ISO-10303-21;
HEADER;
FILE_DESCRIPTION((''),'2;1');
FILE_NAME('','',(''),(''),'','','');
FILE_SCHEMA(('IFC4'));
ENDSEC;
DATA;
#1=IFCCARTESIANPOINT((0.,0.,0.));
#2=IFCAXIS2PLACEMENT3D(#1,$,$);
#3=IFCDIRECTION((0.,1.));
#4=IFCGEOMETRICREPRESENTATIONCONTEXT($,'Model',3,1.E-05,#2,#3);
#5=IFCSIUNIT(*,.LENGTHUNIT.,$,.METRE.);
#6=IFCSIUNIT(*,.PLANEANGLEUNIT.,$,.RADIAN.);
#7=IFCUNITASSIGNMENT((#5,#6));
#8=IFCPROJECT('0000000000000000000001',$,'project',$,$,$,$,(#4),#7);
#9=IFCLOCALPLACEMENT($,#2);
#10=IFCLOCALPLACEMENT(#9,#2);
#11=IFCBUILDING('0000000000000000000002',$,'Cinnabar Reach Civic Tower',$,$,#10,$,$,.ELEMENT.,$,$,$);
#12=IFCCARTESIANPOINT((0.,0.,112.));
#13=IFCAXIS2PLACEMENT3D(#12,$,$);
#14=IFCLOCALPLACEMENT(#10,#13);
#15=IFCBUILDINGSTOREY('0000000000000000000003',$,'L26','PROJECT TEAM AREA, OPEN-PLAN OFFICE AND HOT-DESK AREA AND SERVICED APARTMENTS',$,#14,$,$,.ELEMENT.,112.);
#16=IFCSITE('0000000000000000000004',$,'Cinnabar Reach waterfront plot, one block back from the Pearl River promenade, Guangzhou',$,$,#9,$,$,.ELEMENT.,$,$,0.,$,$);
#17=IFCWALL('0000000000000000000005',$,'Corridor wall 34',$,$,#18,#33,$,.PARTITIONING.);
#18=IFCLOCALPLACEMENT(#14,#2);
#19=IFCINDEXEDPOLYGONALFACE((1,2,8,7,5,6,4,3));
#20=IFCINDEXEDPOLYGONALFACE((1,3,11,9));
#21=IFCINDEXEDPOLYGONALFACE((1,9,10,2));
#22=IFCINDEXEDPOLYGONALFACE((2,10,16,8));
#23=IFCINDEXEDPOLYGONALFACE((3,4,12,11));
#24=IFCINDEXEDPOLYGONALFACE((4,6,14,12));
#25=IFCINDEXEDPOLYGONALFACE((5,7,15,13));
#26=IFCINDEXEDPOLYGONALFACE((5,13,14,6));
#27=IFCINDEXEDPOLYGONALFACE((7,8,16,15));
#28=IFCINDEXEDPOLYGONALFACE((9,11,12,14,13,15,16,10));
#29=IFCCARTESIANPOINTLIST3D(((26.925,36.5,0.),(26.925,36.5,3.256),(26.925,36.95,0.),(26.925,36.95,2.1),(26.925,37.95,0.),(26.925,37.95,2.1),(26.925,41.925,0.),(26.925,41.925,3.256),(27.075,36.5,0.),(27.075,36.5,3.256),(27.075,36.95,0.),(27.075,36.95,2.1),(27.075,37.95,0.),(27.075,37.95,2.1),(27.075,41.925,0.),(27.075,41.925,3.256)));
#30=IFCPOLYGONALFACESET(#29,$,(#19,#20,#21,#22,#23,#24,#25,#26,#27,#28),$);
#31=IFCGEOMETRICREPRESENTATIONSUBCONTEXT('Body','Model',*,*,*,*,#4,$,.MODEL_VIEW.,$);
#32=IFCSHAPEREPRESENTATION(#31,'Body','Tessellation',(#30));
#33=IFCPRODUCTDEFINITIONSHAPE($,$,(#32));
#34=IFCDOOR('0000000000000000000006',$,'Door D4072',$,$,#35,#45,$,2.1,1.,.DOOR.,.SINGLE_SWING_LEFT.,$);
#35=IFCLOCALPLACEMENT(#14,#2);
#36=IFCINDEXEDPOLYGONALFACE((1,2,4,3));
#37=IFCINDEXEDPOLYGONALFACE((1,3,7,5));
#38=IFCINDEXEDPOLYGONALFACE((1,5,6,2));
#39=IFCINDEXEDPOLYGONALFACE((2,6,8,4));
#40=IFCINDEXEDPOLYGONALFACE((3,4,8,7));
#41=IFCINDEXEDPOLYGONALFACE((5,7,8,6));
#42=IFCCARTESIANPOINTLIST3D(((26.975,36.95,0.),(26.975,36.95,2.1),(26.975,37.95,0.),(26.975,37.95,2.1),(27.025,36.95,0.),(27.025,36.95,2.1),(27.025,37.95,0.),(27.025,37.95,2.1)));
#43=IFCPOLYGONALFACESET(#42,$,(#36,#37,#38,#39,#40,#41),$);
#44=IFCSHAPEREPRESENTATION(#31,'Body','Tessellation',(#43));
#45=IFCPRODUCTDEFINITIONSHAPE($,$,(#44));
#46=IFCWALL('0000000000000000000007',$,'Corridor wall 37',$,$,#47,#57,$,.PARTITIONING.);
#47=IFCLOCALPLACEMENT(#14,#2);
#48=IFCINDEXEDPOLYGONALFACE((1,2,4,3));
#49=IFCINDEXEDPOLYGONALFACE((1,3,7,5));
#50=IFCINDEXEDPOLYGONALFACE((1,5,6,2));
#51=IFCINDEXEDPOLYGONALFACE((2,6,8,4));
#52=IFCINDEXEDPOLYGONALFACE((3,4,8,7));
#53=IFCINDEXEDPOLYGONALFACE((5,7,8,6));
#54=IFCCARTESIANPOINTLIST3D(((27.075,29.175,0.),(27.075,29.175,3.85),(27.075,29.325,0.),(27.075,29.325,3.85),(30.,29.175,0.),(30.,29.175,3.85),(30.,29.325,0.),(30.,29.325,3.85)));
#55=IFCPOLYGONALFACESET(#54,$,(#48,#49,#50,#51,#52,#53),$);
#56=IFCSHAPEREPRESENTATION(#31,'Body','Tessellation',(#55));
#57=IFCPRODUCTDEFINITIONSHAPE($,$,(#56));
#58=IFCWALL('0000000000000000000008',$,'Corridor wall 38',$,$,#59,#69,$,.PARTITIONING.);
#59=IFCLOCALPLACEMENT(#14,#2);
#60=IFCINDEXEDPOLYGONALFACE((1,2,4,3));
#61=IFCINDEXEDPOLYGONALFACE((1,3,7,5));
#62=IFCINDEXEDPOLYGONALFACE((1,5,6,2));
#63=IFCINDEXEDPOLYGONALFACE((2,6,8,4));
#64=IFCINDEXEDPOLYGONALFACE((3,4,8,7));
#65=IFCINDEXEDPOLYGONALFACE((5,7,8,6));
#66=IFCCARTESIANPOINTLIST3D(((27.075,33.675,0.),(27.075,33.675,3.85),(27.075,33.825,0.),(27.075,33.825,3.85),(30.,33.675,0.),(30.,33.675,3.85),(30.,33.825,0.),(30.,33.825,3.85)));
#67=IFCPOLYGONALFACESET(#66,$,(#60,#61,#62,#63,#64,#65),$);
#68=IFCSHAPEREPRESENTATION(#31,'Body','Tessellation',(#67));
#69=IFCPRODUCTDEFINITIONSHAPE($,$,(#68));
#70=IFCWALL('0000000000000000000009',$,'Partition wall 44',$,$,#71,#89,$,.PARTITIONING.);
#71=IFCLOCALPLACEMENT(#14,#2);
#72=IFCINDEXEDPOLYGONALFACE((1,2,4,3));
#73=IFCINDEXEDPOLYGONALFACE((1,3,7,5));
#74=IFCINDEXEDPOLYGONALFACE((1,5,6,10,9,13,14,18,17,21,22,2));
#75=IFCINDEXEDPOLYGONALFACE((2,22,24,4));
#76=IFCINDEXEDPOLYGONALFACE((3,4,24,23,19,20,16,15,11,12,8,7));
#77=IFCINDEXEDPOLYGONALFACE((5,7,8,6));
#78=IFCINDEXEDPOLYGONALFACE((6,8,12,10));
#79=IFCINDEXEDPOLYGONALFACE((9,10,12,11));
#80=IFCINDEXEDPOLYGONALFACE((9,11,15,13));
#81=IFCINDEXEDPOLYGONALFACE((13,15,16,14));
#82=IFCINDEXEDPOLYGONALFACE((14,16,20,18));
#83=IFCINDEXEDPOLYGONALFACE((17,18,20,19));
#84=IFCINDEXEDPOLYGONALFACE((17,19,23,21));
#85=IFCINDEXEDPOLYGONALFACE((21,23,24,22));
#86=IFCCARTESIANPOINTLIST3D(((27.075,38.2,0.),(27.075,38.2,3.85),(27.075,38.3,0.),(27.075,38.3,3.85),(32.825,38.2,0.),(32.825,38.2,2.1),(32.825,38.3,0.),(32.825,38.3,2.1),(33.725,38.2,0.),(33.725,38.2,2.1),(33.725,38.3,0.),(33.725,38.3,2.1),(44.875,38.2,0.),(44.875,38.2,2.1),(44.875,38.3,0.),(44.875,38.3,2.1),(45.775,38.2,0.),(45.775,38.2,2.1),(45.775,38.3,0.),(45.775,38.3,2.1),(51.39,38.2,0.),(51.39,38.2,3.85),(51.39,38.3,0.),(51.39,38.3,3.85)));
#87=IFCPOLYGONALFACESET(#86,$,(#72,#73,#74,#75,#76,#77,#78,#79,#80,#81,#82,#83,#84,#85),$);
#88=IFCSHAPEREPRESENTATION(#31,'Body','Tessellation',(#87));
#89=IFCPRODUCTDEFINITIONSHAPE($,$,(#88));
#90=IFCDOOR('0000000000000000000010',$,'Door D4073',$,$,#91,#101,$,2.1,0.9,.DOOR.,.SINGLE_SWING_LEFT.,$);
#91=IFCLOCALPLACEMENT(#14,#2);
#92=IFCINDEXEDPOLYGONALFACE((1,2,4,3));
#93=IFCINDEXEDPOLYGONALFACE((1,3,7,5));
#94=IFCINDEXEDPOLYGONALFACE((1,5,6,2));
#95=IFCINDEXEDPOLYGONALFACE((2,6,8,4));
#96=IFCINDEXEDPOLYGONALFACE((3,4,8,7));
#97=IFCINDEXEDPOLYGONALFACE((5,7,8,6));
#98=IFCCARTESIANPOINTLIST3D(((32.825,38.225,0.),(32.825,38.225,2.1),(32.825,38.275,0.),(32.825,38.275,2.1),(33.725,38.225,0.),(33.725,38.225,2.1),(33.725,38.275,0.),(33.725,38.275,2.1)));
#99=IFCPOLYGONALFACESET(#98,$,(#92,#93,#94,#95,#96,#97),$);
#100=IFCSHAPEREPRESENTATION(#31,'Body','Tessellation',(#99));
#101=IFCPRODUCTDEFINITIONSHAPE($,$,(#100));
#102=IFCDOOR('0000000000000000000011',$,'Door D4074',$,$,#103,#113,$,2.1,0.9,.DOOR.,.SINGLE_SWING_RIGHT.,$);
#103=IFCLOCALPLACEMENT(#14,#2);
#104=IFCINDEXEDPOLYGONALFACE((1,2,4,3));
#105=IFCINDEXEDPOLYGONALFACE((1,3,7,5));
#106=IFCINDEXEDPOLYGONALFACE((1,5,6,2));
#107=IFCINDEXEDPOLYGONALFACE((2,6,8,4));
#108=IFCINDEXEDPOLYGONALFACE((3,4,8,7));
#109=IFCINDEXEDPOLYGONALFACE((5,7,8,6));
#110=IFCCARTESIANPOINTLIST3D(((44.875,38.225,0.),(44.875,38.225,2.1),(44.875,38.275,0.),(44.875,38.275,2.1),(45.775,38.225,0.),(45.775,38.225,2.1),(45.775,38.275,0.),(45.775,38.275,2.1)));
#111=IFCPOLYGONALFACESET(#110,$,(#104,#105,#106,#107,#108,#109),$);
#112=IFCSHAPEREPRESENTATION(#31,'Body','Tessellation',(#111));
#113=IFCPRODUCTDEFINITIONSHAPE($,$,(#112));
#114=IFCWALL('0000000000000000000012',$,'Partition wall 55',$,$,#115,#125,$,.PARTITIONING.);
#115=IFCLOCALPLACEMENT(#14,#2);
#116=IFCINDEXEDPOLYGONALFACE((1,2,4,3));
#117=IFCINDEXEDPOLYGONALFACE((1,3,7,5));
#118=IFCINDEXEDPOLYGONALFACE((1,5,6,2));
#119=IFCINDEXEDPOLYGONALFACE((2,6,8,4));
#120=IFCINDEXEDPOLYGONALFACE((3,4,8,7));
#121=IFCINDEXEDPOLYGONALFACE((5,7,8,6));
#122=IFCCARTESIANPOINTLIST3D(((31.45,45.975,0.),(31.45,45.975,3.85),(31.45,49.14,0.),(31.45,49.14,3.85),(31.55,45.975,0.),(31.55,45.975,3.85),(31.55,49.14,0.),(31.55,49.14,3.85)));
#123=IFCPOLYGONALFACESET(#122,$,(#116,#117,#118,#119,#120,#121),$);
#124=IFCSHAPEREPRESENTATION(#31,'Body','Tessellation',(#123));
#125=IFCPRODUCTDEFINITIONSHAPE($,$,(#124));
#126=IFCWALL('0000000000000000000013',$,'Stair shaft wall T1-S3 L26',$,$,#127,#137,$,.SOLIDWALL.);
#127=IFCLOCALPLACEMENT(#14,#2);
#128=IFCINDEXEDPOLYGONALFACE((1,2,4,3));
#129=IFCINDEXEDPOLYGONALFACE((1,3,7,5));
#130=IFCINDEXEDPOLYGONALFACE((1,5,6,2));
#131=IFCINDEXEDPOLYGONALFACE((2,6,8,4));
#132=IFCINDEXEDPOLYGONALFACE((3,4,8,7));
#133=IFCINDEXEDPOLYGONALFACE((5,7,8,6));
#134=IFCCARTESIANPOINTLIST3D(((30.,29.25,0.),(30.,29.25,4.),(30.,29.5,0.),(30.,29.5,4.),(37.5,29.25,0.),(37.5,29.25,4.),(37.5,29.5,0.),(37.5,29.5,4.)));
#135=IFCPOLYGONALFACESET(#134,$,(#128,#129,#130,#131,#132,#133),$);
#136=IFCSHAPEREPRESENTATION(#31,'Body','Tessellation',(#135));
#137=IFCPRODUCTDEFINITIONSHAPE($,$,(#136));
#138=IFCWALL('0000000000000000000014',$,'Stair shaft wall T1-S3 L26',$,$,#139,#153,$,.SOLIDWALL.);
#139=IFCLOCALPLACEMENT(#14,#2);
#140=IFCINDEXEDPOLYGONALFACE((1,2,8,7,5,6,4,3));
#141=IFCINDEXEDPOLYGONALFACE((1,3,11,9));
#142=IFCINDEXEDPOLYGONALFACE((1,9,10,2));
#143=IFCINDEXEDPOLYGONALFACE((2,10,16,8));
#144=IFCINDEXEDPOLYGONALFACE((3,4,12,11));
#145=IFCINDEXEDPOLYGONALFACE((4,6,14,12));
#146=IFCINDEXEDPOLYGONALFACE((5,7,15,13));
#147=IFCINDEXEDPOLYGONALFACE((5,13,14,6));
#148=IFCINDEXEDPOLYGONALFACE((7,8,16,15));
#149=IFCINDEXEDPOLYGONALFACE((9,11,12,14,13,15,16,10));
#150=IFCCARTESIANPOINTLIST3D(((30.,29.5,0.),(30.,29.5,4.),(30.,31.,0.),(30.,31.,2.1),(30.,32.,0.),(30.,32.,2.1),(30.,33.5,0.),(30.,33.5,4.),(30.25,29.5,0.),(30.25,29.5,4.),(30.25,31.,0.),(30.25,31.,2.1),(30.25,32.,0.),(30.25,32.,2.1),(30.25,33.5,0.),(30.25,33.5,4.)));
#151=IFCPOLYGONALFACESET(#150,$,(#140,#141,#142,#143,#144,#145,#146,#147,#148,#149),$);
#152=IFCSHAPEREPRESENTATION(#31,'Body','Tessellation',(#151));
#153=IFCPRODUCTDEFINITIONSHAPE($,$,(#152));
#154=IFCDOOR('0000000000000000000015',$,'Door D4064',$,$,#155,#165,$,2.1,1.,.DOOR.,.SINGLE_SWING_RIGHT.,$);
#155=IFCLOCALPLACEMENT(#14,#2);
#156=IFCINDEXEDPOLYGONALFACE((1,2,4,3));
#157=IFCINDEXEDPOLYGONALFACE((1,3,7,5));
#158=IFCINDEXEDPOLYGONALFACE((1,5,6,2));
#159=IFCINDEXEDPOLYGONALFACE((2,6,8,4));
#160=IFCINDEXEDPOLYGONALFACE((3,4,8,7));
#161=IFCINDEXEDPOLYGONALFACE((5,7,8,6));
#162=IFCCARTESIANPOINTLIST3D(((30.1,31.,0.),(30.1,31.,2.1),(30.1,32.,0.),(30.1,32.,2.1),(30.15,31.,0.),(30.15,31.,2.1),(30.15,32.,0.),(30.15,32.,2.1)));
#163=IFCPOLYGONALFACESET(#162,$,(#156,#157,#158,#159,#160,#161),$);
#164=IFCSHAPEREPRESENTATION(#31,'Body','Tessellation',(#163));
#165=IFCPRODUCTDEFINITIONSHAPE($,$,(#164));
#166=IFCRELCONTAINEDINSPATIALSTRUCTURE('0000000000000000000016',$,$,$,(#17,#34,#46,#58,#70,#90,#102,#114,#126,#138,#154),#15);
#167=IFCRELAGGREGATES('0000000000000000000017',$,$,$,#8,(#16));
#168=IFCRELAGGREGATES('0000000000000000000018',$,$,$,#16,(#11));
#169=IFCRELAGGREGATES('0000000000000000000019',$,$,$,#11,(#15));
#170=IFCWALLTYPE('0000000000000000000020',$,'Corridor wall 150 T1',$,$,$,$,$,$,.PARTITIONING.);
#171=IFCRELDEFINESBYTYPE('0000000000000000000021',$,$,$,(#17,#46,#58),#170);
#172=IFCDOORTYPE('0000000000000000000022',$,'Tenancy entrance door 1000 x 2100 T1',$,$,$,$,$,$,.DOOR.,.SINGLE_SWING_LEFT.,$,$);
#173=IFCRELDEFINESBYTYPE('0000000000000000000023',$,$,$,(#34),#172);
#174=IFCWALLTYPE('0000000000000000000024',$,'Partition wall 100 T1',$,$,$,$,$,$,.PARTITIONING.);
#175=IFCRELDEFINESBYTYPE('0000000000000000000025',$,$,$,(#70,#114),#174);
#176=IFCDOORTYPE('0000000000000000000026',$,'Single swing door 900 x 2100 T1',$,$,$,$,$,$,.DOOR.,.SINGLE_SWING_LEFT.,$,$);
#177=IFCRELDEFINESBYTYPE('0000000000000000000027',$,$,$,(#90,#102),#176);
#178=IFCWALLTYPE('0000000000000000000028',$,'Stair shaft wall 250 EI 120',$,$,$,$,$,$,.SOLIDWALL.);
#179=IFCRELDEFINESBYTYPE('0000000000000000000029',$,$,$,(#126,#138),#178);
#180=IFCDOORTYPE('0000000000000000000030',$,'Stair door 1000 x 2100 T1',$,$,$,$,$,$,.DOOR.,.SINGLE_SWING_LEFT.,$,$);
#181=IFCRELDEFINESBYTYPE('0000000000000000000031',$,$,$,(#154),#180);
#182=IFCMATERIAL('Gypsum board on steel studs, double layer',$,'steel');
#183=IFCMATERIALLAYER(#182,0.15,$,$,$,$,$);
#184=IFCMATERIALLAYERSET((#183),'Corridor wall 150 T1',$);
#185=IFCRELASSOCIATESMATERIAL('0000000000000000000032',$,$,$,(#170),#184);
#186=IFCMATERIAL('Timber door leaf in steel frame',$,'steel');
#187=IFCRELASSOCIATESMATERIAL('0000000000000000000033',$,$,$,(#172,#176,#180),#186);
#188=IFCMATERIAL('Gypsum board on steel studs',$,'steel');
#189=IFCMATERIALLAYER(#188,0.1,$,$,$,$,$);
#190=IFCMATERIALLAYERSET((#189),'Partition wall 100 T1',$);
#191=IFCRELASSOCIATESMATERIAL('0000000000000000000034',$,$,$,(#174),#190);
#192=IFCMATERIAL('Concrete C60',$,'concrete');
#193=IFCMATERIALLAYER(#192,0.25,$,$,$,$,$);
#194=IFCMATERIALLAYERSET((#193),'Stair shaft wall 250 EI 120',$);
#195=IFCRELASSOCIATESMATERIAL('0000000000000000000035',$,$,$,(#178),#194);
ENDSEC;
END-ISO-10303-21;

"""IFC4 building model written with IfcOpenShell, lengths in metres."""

from ifc_helpers import new_model, si_unit, direction, frame, frame_2d, origin, place, context, subcontext, project, spatial, rectangle, extrude, material, layer, layer_set, type_object, element, fill, save


model = new_model("IFC4")

# Units and contexts
model_context = context("Model", 3, precision=1e-05, world=origin(), true_north=direction((0.0, 1.0)))
body_context = subcontext(model_context, "Body", "Model", "MODEL_VIEW")
ifc_project = project(units=[si_unit("LENGTHUNIT", "METRE"), si_unit("PLANEANGLEUNIT", "RADIAN")], contexts=[model_context])

# Site, building, storey
site_placement = place(None, origin())
site = spatial("IfcSite", under=ifc_project, at=site_placement, Name="Cinnabar Reach waterfront plot, one block back from the Pearl River promenade, Guangzhou", CompositionType="ELEMENT", RefElevation=0.0)
building_placement = place(site_placement, origin())
building = spatial("IfcBuilding", under=site, at=building_placement, Name="Cinnabar Reach Civic Tower", CompositionType="ELEMENT")
storey_placement = place(building_placement, frame((0.0, 0.0, 112.0)))
storey = spatial("IfcBuildingStorey", under=building, at=storey_placement, Name="L26", Description="PROJECT TEAM AREA, OPEN-PLAN OFFICE AND HOT-DESK AREA AND SERVICED APARTMENTS", CompositionType="ELEMENT", Elevation=112.0)

# Shared definitions
ifc_material_1 = material(Name="Gypsum board on steel studs, double layer", Category="steel")
ifc_layer_1 = layer(ifc_material_1, 0.15)
ifc_layer_set_1 = layer_set([ifc_layer_1], Name="Corridor wall 150 T1")
wall_type_1 = type_object("IfcWallType", Name="Corridor wall 150 T1", PredefinedType="PARTITIONING", material=ifc_layer_set_1)

# Wall, opening, door
wall_1_placement = place(storey_placement, frame((27.0, 36.5, 0.0), z_axis=(0.0, 0.0, 1.0), x_axis=(0.0, 1.0, 0.0)))
wall_1 = element("IfcWall", 1, at=wall_1_placement, inside=storey, type_object=wall_type_1, Name="Corridor wall 34", PredefinedType="PARTITIONING", context=body_context, shape_type="SweptSolid", body=[
    extrude(rectangle(XDim=5.425, YDim=0.15, at=frame_2d((2.7125, 0.0))), origin(), (0.0, 0.0, 1.0), 3.256),
])
opening_1_placement = place(wall_1_placement, frame((0.45, 0.0, 0.0)))
opening_1 = element("IfcOpeningElement", 2, at=opening_1_placement, cuts=wall_1, PredefinedType="OPENING", context=body_context, shape_type="SweptSolid", body=[
    extrude(rectangle(XDim=1.0, YDim=2.1, at=frame_2d((0.5, 1.05))), frame((0.0, 0.085, 0.0), z_axis=(0.0, -1.0, 0.0), x_axis=(1.0, 0.0, 0.0)), (0.0, 0.0, 1.0), 0.17),
])
ifc_material_2 = material(Name="Timber door leaf in steel frame", Category="steel")
door_type_1 = type_object("IfcDoorType", Name="Tenancy entrance door 1000 x 2100 T1", OperationType="SINGLE_SWING_LEFT", PredefinedType="DOOR", material=ifc_material_2)
door_1_placement = place(opening_1_placement, frame((1.0, 0.0, 0.0), z_axis=(0.0, 0.0, 1.0), x_axis=(-1.0, 0.0, 0.0)))
door_1 = element("IfcDoor", 3, at=door_1_placement, inside=storey, type_object=door_type_1, Name="Door D4072", OperationType="SINGLE_SWING_LEFT", OverallHeight=2.1, OverallWidth=1.0, PredefinedType="DOOR", context=body_context, shape_type="SweptSolid", body=[
    extrude(rectangle(XDim=1.0, YDim=2.1, at=frame_2d((0.5, 1.05))), frame((0.0, 0.025, 0.0), z_axis=(0.0, -1.0, 0.0), x_axis=(1.0, 0.0, 0.0)), (0.0, 0.0, 1.0), 0.05),
])
fill(opening_1, door_1)

# Walls
for number, where, z_axis, x_axis, name in (
    (4, (27.075, 29.25, 0.0), (0.0, 0.0, 1.0), (1.0, 0.0, 0.0), "Corridor wall 37"),
    (5, (27.075, 33.75, 0.0), (0.0, 0.0, 1.0), (1.0, 0.0, 0.0), "Corridor wall 38"),
):
    element("IfcWall", number, at=place(storey_placement, frame(where, z_axis=z_axis, x_axis=x_axis)), inside=storey, type_object=wall_type_1, Name=name, PredefinedType="PARTITIONING", context=body_context, shape_type="SweptSolid", body=[
        extrude(rectangle(XDim=2.925, YDim=0.15, at=frame_2d((1.4625, 0.0))), origin(), (0.0, 0.0, 1.0), 3.85),
    ])

# Wall, openings, doors
ifc_material_3 = material(Name="Gypsum board on steel studs", Category="steel")
ifc_layer_2 = layer(ifc_material_3, 0.1)
ifc_layer_set_2 = layer_set([ifc_layer_2], Name="Partition wall 100 T1")
wall_type_2 = type_object("IfcWallType", Name="Partition wall 100 T1", PredefinedType="PARTITIONING", material=ifc_layer_set_2)
wall_2_placement = place(storey_placement, frame((27.075, 38.25, 0.0), z_axis=(0.0, 0.0, 1.0), x_axis=(1.0, 0.0, 0.0)))
wall_2 = element("IfcWall", 6, at=wall_2_placement, inside=storey, type_object=wall_type_2, Name="Partition wall 44", PredefinedType="PARTITIONING", context=body_context, shape_type="SweptSolid", body=[
    extrude(rectangle(XDim=24.315, YDim=0.1, at=frame_2d((12.1575, 0.0))), origin(), (0.0, 0.0, 1.0), 3.85),
])
opening_2_placement = place(wall_2_placement, frame((5.75, 0.0, 0.0)))
opening_2 = element("IfcOpeningElement", 7, at=opening_2_placement, cuts=wall_2, PredefinedType="OPENING", context=body_context, shape_type="SweptSolid", body=[
    extrude(rectangle(XDim=0.9, YDim=2.1, at=frame_2d((0.45, 1.05))), frame((0.0, 0.06, 0.0), z_axis=(0.0, -1.0, 0.0), x_axis=(1.0, 0.0, 0.0)), (0.0, 0.0, 1.0), 0.12),
])
opening_3_placement = place(wall_2_placement, frame((17.8, 0.0, 0.0)))
opening_3 = element("IfcOpeningElement", 8, at=opening_3_placement, cuts=wall_2, PredefinedType="OPENING", context=body_context, shape_type="SweptSolid", body=[
    extrude(rectangle(XDim=0.9, YDim=2.1, at=frame_2d((0.45, 1.05))), frame((0.0, 0.06, 0.0), z_axis=(0.0, -1.0, 0.0), x_axis=(1.0, 0.0, 0.0)), (0.0, 0.0, 1.0), 0.12),
])
door_type_2 = type_object("IfcDoorType", Name="Single swing door 900 x 2100 T1", OperationType="SINGLE_SWING_LEFT", PredefinedType="DOOR", material=ifc_material_2)
door_2_placement = place(opening_2_placement, origin())
door_2 = element("IfcDoor", 9, at=door_2_placement, inside=storey, type_object=door_type_2, Name="Door D4073", OperationType="SINGLE_SWING_LEFT", OverallHeight=2.1, OverallWidth=0.9, PredefinedType="DOOR", context=body_context, shape_type="SweptSolid", body=[
    extrude(rectangle(XDim=0.9, YDim=2.1, at=frame_2d((0.45, 1.05))), frame((0.0, 0.025, 0.0), z_axis=(0.0, -1.0, 0.0), x_axis=(1.0, 0.0, 0.0)), (0.0, 0.0, 1.0), 0.05),
])
fill(opening_2, door_2)
door_3_placement = place(opening_3_placement, origin())
door_3 = element("IfcDoor", 10, at=door_3_placement, inside=storey, type_object=door_type_2, Name="Door D4074", OperationType="SINGLE_SWING_RIGHT", OverallHeight=2.1, OverallWidth=0.9, PredefinedType="DOOR", context=body_context, shape_type="SweptSolid", body=[
    extrude(rectangle(XDim=0.9, YDim=2.1, at=frame_2d((0.45, 1.05))), frame((0.0, 0.025, 0.0), z_axis=(0.0, -1.0, 0.0), x_axis=(1.0, 0.0, 0.0)), (0.0, 0.0, 1.0), 0.05),
])
fill(opening_3, door_3)

# Walls
wall_3_placement = place(storey_placement, frame((31.5, 45.975, 0.0), z_axis=(0.0, 0.0, 1.0), x_axis=(0.0, 1.0, 0.0)))
element("IfcWall", 11, at=wall_3_placement, inside=storey, type_object=wall_type_2, Name="Partition wall 55", PredefinedType="PARTITIONING", context=body_context, shape_type="SweptSolid", body=[
    extrude(rectangle(XDim=3.165, YDim=0.1, at=frame_2d((1.5825, 0.0))), origin(), (0.0, 0.0, 1.0), 3.85),
])
ifc_material_4 = material(Name="Concrete C60", Category="concrete")
ifc_layer_3 = layer(ifc_material_4, 0.25)
ifc_layer_set_3 = layer_set([ifc_layer_3], Name="Stair shaft wall 250 EI 120")
wall_type_3 = type_object("IfcWallType", Name="Stair shaft wall 250 EI 120", PredefinedType="SOLIDWALL", material=ifc_layer_set_3)
wall_4_placement = place(storey_placement, frame((30.0, 29.375, 0.0), z_axis=(0.0, 0.0, 1.0), x_axis=(1.0, 0.0, 0.0)))
element("IfcWall", 12, at=wall_4_placement, inside=storey, type_object=wall_type_3, Name="Stair shaft wall T1-S3 L26", PredefinedType="SOLIDWALL", context=body_context, shape_type="SweptSolid", body=[
    extrude(rectangle(XDim=7.5, YDim=0.25, at=frame_2d((3.75, 0.0))), origin(), (0.0, 0.0, 1.0), 4.0),
])

# Wall, opening, door
wall_5_placement = place(storey_placement, frame((30.125, 33.5, 0.0), z_axis=(0.0, 0.0, 1.0), x_axis=(0.0, -1.0, 0.0)))
wall_5 = element("IfcWall", 13, at=wall_5_placement, inside=storey, type_object=wall_type_3, Name="Stair shaft wall T1-S3 L26", PredefinedType="SOLIDWALL", context=body_context, shape_type="SweptSolid", body=[
    extrude(rectangle(XDim=4.0, YDim=0.25, at=frame_2d((2.0, 0.0))), origin(), (0.0, 0.0, 1.0), 4.0),
])
opening_4_placement = place(wall_5_placement, frame((1.5, 0.0, 0.0)))
opening_4 = element("IfcOpeningElement", 14, at=opening_4_placement, cuts=wall_5, PredefinedType="OPENING", context=body_context, shape_type="SweptSolid", body=[
    extrude(rectangle(XDim=1.0, YDim=2.1, at=frame_2d((0.5, 1.05))), frame((0.0, 0.135, 0.0), z_axis=(0.0, -1.0, 0.0), x_axis=(1.0, 0.0, 0.0)), (0.0, 0.0, 1.0), 0.27),
])
door_type_3 = type_object("IfcDoorType", Name="Stair door 1000 x 2100 T1", OperationType="SINGLE_SWING_LEFT", PredefinedType="DOOR", material=ifc_material_2)
door_4_placement = place(opening_4_placement, origin())
door_4 = element("IfcDoor", 15, at=door_4_placement, inside=storey, type_object=door_type_3, Name="Door D4064", OperationType="SINGLE_SWING_RIGHT", OverallHeight=2.1, OverallWidth=1.0, PredefinedType="DOOR", context=body_context, shape_type="SweptSolid", body=[
    extrude(rectangle(XDim=1.0, YDim=2.1, at=frame_2d((0.5, 1.05))), frame((0.0, 0.025, 0.0), z_axis=(0.0, -1.0, 0.0), x_axis=(1.0, 0.0, 0.0)), (0.0, 0.0, 1.0), 0.05),
])
fill(opening_4, door_4)

save(model, "model.ifc")
